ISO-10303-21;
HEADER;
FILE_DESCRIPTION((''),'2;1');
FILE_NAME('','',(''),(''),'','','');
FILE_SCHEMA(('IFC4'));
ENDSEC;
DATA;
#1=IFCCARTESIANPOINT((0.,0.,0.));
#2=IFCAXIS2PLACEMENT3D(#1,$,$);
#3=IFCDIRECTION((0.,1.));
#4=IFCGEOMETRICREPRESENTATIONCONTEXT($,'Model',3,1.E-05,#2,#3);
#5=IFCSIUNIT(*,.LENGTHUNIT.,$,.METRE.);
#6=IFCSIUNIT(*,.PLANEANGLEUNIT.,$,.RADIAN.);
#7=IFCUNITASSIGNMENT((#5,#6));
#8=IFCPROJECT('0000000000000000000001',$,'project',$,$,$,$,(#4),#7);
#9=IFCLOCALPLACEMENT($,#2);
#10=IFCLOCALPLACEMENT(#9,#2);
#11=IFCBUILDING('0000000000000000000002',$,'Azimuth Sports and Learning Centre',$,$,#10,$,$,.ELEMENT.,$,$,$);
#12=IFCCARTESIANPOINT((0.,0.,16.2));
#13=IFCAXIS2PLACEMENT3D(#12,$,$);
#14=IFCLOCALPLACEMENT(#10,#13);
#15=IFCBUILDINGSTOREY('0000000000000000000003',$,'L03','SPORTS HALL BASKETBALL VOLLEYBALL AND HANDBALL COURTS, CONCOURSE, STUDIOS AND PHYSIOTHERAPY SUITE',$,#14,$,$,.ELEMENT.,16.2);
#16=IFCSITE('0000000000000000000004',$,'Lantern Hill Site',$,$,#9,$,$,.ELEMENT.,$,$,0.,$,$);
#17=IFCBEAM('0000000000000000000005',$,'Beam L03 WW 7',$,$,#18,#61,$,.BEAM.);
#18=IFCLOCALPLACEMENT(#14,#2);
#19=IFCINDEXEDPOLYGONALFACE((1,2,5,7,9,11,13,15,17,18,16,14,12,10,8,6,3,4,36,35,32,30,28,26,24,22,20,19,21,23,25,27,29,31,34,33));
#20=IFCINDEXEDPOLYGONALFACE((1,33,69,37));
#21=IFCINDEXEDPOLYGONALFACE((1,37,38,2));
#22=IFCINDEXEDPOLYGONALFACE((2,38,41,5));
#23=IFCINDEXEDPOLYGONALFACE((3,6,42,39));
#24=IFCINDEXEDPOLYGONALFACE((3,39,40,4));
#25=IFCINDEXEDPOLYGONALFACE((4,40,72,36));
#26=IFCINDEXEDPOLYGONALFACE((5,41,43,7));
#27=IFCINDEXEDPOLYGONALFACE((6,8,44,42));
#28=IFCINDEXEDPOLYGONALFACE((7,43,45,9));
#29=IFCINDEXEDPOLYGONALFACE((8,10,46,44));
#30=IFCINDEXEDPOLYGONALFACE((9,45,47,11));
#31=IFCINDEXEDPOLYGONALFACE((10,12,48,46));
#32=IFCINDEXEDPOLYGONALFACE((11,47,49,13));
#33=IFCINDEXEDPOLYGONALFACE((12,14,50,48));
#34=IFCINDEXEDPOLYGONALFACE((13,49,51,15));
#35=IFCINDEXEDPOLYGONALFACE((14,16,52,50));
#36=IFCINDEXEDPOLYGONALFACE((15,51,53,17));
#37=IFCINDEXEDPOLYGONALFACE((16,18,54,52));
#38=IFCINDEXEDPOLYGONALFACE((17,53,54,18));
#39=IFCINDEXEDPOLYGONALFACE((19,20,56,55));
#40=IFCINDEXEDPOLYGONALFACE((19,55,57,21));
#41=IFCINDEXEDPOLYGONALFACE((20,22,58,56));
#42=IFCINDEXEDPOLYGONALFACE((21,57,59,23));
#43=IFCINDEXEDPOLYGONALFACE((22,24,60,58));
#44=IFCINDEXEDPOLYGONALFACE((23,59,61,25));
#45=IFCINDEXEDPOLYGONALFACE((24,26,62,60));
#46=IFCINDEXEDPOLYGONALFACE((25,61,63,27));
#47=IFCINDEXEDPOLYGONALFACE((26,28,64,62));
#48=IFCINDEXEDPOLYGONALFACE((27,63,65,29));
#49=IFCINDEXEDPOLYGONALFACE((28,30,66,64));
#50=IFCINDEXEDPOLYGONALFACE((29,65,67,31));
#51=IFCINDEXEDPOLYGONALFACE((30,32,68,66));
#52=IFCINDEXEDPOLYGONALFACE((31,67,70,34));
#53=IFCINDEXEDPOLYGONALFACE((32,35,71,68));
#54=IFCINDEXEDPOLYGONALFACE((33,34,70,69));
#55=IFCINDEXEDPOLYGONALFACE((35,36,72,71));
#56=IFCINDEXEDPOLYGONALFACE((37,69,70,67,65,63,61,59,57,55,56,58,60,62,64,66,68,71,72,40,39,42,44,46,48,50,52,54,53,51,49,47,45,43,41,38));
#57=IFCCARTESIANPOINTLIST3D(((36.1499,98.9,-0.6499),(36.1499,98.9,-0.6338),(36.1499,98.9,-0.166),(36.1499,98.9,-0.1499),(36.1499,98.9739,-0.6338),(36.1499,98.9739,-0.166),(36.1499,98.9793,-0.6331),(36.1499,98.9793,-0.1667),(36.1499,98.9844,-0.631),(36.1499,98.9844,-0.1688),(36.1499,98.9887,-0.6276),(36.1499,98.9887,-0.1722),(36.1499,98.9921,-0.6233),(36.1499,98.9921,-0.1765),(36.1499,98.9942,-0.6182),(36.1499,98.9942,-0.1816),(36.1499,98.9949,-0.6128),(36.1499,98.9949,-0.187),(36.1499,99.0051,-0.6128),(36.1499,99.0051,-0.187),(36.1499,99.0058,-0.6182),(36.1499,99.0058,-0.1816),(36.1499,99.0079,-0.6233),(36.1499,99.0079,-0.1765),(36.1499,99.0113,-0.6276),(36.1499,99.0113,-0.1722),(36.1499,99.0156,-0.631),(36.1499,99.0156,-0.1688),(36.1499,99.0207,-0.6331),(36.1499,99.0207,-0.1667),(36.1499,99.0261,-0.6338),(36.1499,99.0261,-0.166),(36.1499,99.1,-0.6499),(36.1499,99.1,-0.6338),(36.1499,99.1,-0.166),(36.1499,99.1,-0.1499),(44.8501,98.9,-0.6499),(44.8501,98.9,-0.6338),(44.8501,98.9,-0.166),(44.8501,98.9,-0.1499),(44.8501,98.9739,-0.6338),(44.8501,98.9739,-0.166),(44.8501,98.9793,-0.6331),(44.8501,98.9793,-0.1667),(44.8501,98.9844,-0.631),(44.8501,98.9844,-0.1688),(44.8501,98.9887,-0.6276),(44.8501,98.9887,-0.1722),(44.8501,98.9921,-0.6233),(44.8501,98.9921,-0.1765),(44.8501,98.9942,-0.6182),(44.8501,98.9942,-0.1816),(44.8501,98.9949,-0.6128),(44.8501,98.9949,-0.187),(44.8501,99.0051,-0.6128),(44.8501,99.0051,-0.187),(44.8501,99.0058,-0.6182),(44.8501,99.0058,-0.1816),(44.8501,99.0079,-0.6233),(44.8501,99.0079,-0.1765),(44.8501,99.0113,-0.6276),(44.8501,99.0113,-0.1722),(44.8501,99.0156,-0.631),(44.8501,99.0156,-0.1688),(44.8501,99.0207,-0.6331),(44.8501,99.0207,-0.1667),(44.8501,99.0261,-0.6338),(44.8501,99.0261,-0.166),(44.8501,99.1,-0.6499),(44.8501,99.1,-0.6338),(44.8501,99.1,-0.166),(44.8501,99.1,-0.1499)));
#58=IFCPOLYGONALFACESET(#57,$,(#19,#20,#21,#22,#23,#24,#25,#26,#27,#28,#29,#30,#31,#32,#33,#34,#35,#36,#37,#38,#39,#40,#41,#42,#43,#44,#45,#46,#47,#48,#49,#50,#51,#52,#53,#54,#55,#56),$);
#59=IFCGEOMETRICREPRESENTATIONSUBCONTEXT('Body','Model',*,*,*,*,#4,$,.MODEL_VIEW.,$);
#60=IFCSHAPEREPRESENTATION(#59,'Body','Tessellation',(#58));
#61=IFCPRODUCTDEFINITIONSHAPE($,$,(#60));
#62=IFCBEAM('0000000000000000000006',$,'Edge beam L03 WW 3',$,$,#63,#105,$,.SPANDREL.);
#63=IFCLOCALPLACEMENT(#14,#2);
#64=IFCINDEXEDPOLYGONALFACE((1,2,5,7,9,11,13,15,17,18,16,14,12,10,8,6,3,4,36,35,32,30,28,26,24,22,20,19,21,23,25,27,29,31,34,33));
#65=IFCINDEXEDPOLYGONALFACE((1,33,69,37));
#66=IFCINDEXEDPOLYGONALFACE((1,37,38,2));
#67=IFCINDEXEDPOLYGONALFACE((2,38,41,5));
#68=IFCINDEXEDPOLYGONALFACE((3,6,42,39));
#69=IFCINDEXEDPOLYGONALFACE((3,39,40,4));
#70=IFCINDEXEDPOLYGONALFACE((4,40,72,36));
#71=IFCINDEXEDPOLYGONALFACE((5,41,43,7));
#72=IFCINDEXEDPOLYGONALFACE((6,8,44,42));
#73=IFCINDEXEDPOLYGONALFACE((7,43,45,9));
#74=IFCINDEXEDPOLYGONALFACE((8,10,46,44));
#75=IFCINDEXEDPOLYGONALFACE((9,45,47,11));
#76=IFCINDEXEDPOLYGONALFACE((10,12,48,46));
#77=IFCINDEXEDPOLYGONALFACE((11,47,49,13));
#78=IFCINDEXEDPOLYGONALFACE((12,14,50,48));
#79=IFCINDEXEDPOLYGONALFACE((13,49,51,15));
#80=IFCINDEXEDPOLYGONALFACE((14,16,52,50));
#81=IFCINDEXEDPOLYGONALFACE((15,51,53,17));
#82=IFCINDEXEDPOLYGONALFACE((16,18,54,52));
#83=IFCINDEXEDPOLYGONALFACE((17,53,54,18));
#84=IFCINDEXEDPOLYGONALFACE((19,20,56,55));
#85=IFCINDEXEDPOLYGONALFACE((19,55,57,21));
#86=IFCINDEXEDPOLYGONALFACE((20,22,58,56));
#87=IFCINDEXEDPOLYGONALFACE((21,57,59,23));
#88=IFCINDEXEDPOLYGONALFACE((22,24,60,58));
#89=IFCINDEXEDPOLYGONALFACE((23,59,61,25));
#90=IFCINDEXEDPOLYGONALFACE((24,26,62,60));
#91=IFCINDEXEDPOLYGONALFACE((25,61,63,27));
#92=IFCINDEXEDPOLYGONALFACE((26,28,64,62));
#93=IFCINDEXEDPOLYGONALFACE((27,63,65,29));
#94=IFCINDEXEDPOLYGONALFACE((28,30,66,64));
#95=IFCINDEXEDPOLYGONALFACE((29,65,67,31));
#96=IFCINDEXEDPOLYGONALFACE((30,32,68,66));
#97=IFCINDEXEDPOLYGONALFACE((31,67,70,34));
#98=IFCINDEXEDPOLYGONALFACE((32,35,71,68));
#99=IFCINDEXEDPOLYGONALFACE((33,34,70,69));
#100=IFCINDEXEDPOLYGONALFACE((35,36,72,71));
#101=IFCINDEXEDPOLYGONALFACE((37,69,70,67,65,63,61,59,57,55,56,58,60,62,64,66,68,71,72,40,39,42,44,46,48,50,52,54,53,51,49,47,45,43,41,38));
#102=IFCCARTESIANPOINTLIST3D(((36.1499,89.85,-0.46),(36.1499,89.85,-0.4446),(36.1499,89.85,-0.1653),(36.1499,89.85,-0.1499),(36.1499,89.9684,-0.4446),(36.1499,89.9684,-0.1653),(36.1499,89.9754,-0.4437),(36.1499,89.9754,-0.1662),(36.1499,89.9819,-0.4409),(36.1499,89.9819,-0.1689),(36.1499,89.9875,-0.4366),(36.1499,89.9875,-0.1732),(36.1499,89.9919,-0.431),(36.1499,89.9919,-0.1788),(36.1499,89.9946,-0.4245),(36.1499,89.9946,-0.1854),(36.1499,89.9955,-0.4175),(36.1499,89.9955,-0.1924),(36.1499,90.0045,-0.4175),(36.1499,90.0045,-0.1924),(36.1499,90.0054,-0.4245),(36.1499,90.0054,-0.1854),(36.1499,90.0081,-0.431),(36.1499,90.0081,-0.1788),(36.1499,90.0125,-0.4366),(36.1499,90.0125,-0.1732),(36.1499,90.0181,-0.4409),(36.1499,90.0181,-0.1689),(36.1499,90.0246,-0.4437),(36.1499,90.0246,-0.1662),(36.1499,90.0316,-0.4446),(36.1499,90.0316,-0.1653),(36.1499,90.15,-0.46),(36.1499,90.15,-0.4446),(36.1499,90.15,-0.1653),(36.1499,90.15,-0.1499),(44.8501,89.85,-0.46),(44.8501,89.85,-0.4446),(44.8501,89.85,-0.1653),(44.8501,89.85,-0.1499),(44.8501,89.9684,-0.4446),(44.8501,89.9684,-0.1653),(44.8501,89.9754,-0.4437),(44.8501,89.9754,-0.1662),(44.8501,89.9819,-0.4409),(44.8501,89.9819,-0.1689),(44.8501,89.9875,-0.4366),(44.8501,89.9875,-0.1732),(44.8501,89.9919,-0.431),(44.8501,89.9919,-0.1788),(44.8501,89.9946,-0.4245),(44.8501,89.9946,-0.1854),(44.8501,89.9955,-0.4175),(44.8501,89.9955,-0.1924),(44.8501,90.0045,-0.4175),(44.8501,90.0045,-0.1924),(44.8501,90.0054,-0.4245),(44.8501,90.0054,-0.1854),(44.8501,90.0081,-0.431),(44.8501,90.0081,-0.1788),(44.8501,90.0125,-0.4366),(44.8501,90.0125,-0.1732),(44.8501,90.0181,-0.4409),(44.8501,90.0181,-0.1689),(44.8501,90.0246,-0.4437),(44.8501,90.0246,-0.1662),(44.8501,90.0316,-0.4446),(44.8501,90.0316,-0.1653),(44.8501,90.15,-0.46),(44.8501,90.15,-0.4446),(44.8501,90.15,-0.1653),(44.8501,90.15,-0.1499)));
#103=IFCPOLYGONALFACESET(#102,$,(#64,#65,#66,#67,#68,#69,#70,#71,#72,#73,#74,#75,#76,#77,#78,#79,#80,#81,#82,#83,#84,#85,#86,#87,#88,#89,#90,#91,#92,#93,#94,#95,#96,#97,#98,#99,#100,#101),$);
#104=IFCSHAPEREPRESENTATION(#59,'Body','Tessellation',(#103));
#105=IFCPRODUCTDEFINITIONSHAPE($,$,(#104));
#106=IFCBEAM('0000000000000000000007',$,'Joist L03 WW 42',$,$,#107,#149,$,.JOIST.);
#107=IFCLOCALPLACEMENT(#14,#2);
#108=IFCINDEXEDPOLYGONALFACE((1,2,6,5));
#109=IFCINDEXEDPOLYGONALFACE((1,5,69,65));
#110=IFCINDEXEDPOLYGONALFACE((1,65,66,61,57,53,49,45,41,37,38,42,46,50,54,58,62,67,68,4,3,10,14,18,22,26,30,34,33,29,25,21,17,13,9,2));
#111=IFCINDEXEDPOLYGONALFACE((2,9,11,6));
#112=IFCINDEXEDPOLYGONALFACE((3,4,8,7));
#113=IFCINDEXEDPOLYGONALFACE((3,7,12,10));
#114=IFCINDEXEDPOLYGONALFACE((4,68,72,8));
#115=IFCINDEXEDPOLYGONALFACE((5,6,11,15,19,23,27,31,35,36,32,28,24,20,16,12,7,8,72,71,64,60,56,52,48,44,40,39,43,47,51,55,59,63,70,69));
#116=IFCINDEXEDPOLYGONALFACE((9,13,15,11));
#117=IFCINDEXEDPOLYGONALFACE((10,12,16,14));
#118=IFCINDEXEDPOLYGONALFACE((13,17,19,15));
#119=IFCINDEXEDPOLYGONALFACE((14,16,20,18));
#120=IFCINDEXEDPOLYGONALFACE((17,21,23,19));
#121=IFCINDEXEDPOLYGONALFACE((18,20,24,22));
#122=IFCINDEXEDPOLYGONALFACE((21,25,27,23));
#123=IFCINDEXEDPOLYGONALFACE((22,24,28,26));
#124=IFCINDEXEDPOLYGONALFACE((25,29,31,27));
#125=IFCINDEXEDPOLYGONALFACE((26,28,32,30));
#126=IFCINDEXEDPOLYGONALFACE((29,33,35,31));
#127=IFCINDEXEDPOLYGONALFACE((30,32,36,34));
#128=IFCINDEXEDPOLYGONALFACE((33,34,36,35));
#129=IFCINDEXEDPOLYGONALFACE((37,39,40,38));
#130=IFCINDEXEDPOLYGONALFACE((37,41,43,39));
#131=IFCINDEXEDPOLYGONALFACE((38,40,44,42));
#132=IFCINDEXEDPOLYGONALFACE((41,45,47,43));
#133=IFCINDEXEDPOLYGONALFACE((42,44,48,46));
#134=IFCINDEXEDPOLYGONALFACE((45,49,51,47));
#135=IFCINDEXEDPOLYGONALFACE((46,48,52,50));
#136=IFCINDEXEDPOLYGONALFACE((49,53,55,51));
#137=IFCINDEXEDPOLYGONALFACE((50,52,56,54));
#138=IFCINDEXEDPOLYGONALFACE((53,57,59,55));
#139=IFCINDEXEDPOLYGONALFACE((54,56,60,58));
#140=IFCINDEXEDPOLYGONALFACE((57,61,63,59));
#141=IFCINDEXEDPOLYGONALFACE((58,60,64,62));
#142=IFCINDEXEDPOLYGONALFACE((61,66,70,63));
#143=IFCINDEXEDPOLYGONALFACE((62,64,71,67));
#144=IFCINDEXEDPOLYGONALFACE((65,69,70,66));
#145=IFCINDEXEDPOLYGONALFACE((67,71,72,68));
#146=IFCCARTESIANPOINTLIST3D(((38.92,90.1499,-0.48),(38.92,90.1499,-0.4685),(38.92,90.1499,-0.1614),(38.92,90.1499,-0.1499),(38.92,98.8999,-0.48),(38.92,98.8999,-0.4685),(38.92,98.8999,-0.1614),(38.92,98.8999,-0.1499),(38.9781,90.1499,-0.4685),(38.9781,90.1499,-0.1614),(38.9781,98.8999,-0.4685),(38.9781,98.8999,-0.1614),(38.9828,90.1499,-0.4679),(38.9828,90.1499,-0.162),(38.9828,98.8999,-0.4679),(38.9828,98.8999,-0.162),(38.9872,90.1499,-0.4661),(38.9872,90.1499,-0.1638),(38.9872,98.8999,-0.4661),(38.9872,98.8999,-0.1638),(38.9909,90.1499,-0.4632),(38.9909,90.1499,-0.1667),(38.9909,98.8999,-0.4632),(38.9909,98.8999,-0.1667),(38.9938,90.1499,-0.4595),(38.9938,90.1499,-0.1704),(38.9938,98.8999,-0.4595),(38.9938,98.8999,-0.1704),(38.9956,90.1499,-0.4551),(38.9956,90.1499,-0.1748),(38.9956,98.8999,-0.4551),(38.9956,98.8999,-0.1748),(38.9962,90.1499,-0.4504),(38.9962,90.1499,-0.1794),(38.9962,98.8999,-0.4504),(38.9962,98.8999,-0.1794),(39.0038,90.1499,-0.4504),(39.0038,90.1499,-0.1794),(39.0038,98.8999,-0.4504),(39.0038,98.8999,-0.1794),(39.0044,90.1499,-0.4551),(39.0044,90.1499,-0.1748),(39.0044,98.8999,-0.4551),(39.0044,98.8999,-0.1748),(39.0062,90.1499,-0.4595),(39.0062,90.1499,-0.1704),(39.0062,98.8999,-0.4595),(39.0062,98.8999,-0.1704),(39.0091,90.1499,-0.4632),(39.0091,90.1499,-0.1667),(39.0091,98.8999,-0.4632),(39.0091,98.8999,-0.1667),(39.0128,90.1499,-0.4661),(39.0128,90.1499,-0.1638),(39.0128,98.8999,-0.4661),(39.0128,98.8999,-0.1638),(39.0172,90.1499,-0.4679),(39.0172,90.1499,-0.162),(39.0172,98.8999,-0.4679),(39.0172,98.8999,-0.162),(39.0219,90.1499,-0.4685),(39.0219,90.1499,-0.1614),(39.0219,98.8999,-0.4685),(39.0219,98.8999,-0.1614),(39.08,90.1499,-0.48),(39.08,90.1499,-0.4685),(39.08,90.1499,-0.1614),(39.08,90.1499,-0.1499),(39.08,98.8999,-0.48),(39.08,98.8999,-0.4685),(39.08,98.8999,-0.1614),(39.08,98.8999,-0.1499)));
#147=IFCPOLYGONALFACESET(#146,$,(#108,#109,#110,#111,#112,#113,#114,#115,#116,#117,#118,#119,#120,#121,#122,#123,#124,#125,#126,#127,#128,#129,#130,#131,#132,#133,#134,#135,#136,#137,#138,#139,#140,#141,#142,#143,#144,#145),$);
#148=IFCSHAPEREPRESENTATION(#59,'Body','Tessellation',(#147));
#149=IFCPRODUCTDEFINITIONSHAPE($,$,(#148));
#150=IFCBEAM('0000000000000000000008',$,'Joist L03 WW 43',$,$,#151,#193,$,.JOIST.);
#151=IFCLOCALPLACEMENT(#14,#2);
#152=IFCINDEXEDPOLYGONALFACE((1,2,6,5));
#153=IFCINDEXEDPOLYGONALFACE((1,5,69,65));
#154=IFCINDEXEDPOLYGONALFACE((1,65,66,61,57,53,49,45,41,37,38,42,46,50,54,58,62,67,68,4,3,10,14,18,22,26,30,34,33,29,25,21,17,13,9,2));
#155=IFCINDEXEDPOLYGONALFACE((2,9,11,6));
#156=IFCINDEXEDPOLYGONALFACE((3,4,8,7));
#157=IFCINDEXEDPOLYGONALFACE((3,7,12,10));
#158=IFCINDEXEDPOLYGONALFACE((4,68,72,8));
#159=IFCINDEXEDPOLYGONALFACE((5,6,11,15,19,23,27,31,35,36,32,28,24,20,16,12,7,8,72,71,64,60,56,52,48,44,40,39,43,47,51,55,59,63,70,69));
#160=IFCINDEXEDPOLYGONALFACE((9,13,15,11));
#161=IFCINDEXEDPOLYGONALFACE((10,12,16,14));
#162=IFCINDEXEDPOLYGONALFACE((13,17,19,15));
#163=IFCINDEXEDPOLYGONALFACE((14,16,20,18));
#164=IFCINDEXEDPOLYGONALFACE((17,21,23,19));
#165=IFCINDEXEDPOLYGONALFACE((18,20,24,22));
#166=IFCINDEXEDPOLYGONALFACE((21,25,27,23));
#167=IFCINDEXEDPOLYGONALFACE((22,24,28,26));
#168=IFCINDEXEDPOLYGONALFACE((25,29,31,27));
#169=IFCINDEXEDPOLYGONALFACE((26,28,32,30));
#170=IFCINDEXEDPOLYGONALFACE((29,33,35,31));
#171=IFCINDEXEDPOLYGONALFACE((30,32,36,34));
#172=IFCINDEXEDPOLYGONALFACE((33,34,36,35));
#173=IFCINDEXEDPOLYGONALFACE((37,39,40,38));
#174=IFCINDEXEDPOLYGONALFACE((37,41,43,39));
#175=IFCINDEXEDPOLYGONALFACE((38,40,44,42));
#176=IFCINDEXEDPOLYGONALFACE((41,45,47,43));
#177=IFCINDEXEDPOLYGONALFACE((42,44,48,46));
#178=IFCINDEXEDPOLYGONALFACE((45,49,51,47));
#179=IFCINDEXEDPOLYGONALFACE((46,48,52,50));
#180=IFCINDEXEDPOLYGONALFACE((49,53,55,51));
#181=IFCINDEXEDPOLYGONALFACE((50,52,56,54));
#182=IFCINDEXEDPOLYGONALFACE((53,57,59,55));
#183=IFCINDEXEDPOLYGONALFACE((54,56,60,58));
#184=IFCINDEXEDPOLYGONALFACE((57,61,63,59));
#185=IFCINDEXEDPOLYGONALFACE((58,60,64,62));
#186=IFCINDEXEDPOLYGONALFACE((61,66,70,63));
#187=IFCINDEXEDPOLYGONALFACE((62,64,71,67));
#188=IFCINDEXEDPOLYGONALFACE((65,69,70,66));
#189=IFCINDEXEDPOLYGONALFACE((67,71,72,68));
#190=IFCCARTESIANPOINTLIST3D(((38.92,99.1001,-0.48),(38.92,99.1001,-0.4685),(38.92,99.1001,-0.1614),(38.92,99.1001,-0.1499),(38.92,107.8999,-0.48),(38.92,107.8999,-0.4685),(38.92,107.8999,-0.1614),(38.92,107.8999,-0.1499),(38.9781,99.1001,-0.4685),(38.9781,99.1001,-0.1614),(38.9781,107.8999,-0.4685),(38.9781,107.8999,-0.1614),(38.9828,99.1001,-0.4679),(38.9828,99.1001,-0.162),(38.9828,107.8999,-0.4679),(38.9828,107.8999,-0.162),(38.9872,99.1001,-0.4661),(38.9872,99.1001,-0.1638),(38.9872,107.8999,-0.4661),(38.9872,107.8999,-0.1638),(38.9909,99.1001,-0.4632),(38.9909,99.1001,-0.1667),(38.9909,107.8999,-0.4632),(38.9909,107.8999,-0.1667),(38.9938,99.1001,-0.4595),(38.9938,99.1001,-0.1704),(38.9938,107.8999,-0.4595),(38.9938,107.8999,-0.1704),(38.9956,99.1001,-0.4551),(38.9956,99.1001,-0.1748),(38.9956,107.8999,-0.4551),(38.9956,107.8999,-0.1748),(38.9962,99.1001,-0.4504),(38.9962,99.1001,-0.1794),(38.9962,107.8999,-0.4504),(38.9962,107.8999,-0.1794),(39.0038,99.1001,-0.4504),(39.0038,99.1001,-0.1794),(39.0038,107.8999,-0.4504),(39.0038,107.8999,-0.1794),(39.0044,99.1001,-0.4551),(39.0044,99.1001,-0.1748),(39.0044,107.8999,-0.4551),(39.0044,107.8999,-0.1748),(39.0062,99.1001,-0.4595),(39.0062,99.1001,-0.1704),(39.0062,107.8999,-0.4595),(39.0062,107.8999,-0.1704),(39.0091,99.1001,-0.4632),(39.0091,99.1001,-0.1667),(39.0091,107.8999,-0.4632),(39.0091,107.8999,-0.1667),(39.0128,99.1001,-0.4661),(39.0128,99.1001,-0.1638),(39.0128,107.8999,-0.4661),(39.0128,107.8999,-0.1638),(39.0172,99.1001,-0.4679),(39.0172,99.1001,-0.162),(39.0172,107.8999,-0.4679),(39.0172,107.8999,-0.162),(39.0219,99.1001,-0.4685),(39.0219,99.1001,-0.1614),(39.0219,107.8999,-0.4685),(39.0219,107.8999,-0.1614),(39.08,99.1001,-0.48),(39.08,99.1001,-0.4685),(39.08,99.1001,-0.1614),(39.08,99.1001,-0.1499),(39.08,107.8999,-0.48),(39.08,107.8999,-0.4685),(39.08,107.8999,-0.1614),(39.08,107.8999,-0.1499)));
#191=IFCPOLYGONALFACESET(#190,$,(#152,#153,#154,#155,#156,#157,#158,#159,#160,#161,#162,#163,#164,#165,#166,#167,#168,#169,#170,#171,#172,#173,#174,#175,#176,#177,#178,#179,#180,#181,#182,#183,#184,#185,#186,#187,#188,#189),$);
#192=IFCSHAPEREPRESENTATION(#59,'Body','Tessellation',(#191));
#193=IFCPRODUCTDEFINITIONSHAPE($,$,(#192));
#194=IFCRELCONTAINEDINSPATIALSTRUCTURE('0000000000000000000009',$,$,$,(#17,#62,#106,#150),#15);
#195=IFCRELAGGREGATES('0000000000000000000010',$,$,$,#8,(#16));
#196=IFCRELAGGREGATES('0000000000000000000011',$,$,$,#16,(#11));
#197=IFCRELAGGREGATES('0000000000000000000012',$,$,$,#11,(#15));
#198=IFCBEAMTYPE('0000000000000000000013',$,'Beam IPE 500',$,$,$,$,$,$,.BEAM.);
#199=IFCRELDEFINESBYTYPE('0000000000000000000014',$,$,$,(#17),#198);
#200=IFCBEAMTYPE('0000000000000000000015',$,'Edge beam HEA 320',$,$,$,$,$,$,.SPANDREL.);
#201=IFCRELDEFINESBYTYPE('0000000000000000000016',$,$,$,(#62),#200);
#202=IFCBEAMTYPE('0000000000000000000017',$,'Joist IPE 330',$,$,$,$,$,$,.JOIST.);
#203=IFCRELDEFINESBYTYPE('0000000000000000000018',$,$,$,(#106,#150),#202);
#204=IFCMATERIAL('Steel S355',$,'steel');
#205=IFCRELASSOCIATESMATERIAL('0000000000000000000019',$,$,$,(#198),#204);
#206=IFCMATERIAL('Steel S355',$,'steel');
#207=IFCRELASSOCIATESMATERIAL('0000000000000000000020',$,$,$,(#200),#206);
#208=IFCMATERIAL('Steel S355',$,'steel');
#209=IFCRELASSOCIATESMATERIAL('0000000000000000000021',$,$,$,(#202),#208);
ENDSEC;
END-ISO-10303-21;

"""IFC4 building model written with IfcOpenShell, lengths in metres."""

from ifc_helpers import new_model, si_unit, direction, frame, origin, origin_2d, place, context, subcontext, project, spatial, i_section, extrude, material, material_profile, profile_set, type_object, element, save


model = new_model("IFC4")

# Units and contexts
model_context = context("Model", 3, precision=1e-05, world=origin(), true_north=direction((0.0, 1.0)))
body_context = subcontext(model_context, "Body", "Model", "MODEL_VIEW")
ifc_project = project(units=[si_unit("LENGTHUNIT", "METRE"), si_unit("PLANEANGLEUNIT", "RADIAN")], contexts=[model_context])

# Site, building, storey
site_placement = place(None, origin())
site = spatial("IfcSite", under=ifc_project, at=site_placement, Name="Lantern Hill Site", CompositionType="ELEMENT", RefElevation=0.0)
building_placement = place(site_placement, origin())
building = spatial("IfcBuilding", under=site, at=building_placement, Name="Azimuth Sports and Learning Centre", CompositionType="ELEMENT")
storey_placement = place(building_placement, frame((0.0, 0.0, 16.2)))
storey = spatial("IfcBuildingStorey", under=building, at=storey_placement, Name="L03", Description="SPORTS HALL BASKETBALL VOLLEYBALL AND HANDBALL COURTS, CONCOURSE, STUDIOS AND PHYSIOTHERAPY SUITE", CompositionType="ELEMENT", Elevation=16.2)

# Beams
ifc_material_1 = material(Name="Steel S355", Category="steel")
ifc_material_profile_1 = material_profile(ifc_material_1, i_section(OverallWidth=0.2, OverallDepth=0.5, WebThickness=0.0103, FlangeThickness=0.0161, FilletRadius=0.021, at=origin_2d()), Name="IPE 500")
ifc_profile_set_1 = profile_set([ifc_material_profile_1], Name="Steel S355")
beam_type_1 = type_object("IfcBeamType", Name="Beam IPE 500", PredefinedType="BEAM", material=ifc_profile_set_1)
beam_1_placement = place(storey_placement, frame((36.1499, 99.0, -0.3999), z_axis=(1.0, 0.0, 0.0), x_axis=(0.0, 1.0, 0.0)))
element("IfcBeam", 1, at=beam_1_placement, inside=storey, type_object=beam_type_1, Name="Beam L03 WW 7", PredefinedType="BEAM", context=body_context, shape_type="SweptSolid", body=[
    extrude(i_section(OverallWidth=0.2, OverallDepth=0.5, WebThickness=0.0103, FlangeThickness=0.0161, FilletRadius=0.021, at=origin_2d()), origin(), (0.0, 0.0, 1.0), 8.7002),
])
ifc_material_2 = material(Name="Steel S355", Category="steel")
ifc_material_profile_2 = material_profile(ifc_material_2, i_section(OverallWidth=0.3, OverallDepth=0.3101, WebThickness=0.009, FlangeThickness=0.0154, FilletRadius=0.0271, at=origin_2d()), Name="HEA 320")
ifc_profile_set_2 = profile_set([ifc_material_profile_2], Name="Steel S355")
beam_type_2 = type_object("IfcBeamType", Name="Edge beam HEA 320", PredefinedType="SPANDREL", material=ifc_profile_set_2)
beam_2_placement = place(storey_placement, frame((36.1499, 90.0, -0.3049), z_axis=(1.0, 0.0, 0.0), x_axis=(0.0, 1.0, 0.0)))
element("IfcBeam", 2, at=beam_2_placement, inside=storey, type_object=beam_type_2, Name="Edge beam L03 WW 3", PredefinedType="SPANDREL", context=body_context, shape_type="SweptSolid", body=[
    extrude(i_section(OverallWidth=0.3, OverallDepth=0.3101, WebThickness=0.009, FlangeThickness=0.0154, FilletRadius=0.0271, at=origin_2d()), origin(), (0.0, 0.0, 1.0), 8.7002),
])
ifc_material_3 = material(Name="Steel S355", Category="steel")
ifc_material_profile_3 = material_profile(ifc_material_3, i_section(OverallWidth=0.1599, OverallDepth=0.3301, WebThickness=0.0076, FlangeThickness=0.0115, FilletRadius=0.0181, at=origin_2d()), Name="IPE 330")
ifc_profile_set_3 = profile_set([ifc_material_profile_3], Name="Steel S355")
beam_type_3 = type_object("IfcBeamType", Name="Joist IPE 330", PredefinedType="JOIST", material=ifc_profile_set_3)
beam_3_placement = place(storey_placement, frame((39.0, 90.1499, -0.3149), z_axis=(0.0, 1.0, 0.0), x_axis=(-1.0, 0.0, 0.0)))
element("IfcBeam", 3, at=beam_3_placement, inside=storey, type_object=beam_type_3, Name="Joist L03 WW 42", PredefinedType="JOIST", context=body_context, shape_type="SweptSolid", body=[
    extrude(i_section(OverallWidth=0.1599, OverallDepth=0.3301, WebThickness=0.0076, FlangeThickness=0.0115, FilletRadius=0.0181, at=origin_2d()), origin(), (0.0, 0.0, 1.0), 8.75),
])
beam_4_placement = place(storey_placement, frame((39.0, 99.1001, -0.3149), z_axis=(0.0, 1.0, 0.0), x_axis=(-1.0, 0.0, 0.0)))
element("IfcBeam", 4, at=beam_4_placement, inside=storey, type_object=beam_type_3, Name="Joist L03 WW 43", PredefinedType="JOIST", context=body_context, shape_type="SweptSolid", body=[
    extrude(i_section(OverallWidth=0.1599, OverallDepth=0.3301, WebThickness=0.0076, FlangeThickness=0.0115, FilletRadius=0.0181, at=origin_2d()), origin(), (0.0, 0.0, 1.0), 8.7998),
])

save(model, "model.ifc")
